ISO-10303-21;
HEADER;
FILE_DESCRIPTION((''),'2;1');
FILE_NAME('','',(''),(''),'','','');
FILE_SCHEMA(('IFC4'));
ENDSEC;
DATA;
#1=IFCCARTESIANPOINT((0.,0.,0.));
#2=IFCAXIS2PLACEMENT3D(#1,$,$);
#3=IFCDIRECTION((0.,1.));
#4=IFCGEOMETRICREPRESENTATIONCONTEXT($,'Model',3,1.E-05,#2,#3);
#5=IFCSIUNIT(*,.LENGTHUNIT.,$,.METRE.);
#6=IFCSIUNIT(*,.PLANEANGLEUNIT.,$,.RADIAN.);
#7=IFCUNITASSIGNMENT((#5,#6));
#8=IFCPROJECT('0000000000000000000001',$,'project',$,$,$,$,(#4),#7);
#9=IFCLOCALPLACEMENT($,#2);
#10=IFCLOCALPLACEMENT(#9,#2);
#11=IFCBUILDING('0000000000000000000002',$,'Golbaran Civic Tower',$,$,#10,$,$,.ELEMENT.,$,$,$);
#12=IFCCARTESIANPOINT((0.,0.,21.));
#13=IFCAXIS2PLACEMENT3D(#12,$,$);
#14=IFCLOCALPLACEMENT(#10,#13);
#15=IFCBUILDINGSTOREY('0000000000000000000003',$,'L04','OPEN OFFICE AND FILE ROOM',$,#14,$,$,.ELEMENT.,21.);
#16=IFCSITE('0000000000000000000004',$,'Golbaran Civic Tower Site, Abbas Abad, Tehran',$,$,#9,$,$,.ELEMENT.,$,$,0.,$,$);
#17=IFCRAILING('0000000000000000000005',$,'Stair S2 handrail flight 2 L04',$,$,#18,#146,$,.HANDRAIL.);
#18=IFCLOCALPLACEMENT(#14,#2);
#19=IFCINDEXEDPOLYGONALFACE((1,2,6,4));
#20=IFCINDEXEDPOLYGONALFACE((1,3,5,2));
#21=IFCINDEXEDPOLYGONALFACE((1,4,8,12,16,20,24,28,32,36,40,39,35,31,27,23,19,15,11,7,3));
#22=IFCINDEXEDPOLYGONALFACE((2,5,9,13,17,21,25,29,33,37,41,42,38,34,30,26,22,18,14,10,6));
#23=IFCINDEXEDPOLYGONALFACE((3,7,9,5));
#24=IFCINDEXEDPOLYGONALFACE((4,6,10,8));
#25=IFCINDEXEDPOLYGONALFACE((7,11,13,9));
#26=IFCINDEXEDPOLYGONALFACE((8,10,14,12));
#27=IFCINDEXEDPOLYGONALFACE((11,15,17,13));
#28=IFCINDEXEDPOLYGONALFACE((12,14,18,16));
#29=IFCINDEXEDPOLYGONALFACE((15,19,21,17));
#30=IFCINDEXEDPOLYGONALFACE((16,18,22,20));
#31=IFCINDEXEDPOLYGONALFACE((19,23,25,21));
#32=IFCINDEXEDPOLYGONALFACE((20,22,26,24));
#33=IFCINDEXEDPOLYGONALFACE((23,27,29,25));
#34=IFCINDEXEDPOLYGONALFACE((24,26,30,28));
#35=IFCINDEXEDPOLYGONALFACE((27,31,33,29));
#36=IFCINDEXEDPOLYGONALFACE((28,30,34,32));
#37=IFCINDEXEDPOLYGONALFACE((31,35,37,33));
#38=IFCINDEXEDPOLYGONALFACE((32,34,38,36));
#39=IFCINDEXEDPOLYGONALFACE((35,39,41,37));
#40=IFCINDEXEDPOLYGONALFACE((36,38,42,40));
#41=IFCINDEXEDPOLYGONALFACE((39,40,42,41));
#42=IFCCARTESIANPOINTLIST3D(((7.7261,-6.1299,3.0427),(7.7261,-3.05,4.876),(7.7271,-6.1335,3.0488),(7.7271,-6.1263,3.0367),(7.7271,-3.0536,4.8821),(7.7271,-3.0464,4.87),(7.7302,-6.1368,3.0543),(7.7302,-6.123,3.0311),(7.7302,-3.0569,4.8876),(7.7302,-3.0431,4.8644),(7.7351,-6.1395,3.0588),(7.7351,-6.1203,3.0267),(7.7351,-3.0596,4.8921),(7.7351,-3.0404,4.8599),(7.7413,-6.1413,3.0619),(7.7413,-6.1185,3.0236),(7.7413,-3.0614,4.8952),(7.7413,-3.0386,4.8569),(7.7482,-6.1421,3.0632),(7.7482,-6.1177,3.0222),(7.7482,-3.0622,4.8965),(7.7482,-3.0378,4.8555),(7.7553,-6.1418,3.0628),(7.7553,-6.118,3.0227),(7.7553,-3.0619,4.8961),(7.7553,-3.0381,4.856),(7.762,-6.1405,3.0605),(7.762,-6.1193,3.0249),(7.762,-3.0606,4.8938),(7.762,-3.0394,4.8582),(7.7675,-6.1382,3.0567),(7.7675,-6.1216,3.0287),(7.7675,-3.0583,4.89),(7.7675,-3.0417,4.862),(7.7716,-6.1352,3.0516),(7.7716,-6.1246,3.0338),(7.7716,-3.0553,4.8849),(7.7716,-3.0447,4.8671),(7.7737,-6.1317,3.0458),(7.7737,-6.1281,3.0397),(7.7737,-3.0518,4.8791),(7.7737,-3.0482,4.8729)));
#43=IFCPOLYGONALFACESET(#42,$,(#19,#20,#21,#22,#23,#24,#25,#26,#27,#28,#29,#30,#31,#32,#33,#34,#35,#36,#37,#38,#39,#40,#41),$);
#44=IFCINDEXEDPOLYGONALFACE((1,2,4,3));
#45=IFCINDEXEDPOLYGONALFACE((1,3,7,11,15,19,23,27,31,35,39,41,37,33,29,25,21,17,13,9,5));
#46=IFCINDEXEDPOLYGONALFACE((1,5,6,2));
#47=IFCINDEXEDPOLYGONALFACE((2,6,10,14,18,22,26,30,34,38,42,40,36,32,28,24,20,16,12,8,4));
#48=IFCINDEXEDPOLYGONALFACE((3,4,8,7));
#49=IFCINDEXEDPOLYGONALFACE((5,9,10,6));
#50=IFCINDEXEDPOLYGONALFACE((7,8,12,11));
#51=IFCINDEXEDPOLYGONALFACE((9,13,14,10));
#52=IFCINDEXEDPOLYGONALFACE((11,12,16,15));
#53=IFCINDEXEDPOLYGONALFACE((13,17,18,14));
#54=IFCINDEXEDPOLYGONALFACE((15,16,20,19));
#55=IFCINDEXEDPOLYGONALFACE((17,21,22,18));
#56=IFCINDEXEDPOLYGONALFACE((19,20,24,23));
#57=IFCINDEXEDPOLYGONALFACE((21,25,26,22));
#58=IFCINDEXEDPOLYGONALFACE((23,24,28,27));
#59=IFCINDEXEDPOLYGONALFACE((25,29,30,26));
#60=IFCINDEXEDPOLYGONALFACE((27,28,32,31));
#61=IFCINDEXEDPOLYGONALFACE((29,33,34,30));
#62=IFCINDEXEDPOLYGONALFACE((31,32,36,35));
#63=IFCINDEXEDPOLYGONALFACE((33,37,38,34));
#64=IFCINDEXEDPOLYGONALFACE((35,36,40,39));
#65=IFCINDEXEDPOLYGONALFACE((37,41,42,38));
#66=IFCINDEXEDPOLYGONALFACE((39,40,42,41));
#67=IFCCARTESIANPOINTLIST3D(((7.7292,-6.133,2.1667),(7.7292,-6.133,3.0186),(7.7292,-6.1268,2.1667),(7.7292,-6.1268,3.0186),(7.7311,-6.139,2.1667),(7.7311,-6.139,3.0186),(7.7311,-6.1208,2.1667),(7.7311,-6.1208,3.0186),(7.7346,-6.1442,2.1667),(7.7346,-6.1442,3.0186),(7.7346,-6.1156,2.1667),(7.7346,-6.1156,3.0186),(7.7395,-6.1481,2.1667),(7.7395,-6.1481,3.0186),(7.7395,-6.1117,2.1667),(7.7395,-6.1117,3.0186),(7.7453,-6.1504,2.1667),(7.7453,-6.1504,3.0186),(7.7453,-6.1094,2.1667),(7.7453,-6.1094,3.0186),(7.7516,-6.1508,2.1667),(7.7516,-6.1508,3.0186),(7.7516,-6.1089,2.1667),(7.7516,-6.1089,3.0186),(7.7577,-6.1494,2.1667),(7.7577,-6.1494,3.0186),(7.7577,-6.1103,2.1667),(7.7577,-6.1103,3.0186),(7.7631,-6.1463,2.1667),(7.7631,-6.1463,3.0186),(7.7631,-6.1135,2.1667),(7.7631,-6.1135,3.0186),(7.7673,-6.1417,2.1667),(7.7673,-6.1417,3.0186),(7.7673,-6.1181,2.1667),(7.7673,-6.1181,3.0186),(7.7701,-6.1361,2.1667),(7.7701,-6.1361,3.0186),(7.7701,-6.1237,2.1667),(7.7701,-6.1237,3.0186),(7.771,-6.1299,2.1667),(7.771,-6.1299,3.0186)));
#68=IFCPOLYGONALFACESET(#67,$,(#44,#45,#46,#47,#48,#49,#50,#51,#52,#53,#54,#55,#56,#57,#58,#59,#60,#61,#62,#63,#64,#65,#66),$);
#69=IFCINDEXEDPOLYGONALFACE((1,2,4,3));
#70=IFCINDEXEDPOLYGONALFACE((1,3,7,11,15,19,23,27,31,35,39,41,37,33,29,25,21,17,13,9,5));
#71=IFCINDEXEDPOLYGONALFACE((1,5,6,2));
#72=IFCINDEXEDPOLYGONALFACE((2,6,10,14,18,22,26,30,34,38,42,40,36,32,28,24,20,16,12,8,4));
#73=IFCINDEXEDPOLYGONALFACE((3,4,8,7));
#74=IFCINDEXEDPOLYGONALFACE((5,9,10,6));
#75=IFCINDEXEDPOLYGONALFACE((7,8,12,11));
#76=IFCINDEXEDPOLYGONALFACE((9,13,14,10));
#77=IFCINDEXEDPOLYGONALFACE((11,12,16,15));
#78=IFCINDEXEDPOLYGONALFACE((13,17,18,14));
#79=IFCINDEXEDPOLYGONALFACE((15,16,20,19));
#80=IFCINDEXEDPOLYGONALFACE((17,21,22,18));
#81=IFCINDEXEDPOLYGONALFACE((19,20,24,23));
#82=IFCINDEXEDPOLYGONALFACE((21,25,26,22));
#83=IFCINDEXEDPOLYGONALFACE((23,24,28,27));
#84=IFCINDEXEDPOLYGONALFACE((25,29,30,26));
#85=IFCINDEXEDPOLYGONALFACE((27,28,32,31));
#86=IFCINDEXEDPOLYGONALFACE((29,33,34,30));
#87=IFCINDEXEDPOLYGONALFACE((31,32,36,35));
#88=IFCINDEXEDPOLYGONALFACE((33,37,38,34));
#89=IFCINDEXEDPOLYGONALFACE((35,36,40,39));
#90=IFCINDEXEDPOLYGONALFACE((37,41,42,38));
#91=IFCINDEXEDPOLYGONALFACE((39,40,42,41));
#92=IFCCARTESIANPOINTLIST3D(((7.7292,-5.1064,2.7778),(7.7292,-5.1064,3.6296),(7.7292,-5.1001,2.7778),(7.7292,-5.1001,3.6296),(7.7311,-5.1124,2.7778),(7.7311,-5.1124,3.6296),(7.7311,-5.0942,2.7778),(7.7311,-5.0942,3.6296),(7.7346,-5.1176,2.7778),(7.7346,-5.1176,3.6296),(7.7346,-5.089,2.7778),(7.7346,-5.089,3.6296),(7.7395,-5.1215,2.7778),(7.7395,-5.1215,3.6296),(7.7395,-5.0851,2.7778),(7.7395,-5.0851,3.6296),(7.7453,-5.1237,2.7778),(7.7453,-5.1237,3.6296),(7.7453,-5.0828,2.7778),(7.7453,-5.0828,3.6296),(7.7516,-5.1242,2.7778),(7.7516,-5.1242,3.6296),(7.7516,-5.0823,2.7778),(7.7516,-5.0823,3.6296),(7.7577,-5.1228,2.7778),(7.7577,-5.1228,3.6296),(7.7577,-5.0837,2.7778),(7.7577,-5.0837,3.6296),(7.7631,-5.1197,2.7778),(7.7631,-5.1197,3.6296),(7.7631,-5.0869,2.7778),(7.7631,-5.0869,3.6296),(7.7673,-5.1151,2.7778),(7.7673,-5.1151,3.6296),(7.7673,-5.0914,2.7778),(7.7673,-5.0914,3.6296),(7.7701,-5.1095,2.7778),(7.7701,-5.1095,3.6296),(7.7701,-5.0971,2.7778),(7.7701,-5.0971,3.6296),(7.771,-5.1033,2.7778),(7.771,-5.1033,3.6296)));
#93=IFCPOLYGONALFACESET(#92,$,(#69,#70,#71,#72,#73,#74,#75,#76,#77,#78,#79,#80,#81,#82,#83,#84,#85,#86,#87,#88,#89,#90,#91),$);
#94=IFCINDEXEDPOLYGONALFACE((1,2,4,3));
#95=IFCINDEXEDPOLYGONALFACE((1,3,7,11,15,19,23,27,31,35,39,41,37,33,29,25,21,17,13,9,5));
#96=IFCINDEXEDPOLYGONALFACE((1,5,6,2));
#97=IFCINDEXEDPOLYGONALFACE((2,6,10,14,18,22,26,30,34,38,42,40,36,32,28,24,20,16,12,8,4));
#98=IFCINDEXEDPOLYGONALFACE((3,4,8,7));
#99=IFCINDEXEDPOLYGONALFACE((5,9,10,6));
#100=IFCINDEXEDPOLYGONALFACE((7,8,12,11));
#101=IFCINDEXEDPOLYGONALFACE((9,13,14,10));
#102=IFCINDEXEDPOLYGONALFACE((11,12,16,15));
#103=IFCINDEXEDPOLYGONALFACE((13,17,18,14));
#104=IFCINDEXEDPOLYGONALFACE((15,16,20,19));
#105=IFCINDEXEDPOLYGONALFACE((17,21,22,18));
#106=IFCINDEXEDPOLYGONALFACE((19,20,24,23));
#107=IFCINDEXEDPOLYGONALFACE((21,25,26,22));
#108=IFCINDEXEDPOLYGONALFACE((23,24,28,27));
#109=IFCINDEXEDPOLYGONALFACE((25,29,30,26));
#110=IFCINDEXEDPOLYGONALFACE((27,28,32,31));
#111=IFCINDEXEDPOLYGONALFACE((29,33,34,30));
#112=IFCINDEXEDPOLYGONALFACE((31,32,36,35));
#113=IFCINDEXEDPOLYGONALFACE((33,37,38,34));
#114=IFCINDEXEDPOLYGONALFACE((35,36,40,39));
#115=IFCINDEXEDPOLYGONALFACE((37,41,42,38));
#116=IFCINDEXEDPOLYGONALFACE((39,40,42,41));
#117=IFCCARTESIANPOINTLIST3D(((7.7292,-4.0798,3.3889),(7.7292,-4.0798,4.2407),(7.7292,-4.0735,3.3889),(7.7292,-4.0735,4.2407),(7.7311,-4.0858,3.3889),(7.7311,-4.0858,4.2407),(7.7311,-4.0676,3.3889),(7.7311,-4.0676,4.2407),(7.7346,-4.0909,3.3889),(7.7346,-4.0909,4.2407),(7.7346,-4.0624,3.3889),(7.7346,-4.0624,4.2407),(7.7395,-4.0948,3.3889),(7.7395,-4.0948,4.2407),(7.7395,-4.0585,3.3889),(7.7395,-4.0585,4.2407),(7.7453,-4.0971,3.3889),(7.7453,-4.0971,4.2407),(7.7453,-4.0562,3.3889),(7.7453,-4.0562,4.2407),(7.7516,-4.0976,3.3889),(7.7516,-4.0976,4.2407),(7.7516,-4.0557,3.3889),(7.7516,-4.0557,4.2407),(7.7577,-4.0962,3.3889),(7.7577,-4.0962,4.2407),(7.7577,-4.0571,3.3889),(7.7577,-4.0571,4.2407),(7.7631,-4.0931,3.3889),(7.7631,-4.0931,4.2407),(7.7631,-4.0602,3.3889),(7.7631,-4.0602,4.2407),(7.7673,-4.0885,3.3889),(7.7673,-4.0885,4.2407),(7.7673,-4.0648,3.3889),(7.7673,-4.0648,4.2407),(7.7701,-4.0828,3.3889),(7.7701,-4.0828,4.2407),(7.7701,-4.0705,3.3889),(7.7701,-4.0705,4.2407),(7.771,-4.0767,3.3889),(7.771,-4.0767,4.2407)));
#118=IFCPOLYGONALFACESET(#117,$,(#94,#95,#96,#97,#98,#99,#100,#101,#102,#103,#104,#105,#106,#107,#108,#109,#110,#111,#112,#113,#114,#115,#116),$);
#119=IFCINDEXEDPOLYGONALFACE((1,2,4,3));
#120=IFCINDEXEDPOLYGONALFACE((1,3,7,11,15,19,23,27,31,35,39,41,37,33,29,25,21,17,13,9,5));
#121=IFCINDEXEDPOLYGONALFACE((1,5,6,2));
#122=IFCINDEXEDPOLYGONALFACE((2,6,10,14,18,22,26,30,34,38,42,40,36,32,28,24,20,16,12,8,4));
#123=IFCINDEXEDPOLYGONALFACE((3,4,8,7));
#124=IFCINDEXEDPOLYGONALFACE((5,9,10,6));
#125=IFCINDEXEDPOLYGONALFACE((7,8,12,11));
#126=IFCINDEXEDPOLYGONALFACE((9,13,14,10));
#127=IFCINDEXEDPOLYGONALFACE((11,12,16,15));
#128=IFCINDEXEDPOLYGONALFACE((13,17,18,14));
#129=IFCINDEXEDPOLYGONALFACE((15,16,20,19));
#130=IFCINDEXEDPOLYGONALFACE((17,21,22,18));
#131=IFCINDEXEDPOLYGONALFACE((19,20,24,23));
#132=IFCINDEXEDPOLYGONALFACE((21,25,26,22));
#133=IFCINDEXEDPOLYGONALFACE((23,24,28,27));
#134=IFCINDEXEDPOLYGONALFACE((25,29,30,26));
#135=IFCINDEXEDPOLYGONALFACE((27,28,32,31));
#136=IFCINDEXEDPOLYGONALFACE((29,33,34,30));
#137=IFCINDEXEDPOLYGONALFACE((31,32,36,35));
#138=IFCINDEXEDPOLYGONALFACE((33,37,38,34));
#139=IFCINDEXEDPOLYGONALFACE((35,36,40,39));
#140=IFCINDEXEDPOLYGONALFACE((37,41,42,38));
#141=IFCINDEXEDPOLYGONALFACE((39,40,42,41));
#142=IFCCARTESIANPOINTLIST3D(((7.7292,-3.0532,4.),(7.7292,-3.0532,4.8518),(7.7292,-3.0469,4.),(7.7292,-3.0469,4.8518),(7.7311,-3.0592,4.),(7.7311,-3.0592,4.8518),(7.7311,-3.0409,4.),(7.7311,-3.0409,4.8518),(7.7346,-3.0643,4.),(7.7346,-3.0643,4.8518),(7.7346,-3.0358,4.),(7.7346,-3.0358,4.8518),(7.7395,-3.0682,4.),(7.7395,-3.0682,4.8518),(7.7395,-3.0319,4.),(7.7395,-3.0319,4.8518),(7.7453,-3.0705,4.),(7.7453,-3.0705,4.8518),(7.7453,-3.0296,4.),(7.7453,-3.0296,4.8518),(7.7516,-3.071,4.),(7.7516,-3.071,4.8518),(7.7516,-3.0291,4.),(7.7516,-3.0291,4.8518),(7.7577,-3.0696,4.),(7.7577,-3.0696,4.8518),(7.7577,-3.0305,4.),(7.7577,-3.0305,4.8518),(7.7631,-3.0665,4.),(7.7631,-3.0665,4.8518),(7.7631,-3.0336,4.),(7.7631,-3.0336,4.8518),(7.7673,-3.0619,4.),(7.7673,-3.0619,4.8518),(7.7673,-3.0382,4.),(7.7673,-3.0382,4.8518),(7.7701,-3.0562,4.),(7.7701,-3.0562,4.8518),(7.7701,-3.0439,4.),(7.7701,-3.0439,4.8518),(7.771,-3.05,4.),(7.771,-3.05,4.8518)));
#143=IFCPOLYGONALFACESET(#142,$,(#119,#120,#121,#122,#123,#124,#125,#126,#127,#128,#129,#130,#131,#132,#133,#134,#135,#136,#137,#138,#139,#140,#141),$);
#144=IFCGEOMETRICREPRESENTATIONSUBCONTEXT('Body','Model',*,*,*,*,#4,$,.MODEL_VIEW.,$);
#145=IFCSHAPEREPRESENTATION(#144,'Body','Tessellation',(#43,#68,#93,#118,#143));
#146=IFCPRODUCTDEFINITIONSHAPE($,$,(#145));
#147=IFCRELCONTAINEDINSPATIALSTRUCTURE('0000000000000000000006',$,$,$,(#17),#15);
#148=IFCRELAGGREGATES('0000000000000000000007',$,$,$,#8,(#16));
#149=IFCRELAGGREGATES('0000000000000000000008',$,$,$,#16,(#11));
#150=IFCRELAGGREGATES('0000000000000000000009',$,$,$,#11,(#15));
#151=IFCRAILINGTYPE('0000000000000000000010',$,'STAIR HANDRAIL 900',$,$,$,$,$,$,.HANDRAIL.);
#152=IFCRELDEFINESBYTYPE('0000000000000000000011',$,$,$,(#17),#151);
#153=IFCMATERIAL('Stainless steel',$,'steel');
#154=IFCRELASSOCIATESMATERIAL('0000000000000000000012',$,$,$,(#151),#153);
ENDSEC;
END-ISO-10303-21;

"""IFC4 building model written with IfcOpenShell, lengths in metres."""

from ifc_helpers import new_model, si_unit, direction, frame, origin, origin_2d, place, context, subcontext, project, spatial, circle, extrude, material, type_object, element, save


model = new_model("IFC4")

# Units and contexts
model_context = context("Model", 3, precision=1e-05, world=origin(), true_north=direction((0.0, 1.0)))
body_context = subcontext(model_context, "Body", "Model", "MODEL_VIEW")
ifc_project = project(units=[si_unit("LENGTHUNIT", "METRE"), si_unit("PLANEANGLEUNIT", "RADIAN")], contexts=[model_context])

# Site, building, storey
site_placement = place(None, origin())
site = spatial("IfcSite", under=ifc_project, at=site_placement, Name="Golbaran Civic Tower Site, Abbas Abad, Tehran", CompositionType="ELEMENT", RefElevation=0.0)
building_placement = place(site_placement, origin())
building = spatial("IfcBuilding", under=site, at=building_placement, Name="Golbaran Civic Tower", CompositionType="ELEMENT")
storey_placement = place(building_placement, frame((0.0, 0.0, 21.0)))
storey = spatial("IfcBuildingStorey", under=building, at=storey_placement, Name="L04", Description="OPEN OFFICE AND FILE ROOM", CompositionType="ELEMENT", Elevation=21.0)

# Shared definitions
ifc_material_1 = material(Name="Stainless steel", Category="steel")

# Railing
railing_type = type_object("IfcRailingType", Name="STAIR HANDRAIL 900", PredefinedType="HANDRAIL", material=ifc_material_1)
railing_1_placement = place(storey_placement, frame((7.75, -6.1299, 2.1667)))
element("IfcRailing", 1, at=railing_1_placement, inside=storey, type_object=railing_type, Name="Stair S2 handrail flight 2 L04", PredefinedType="HANDRAIL", context=body_context, shape_type="SweptSolid", body=[
    extrude(circle(Radius=0.0239, at=origin_2d()), frame((0.0, 0.0, 0.876), z_axis=(0.0, 0.859291, 0.511487), x_axis=(-1.0, 0.0, 0.0)), (0.0, 0.0, 1.0), 3.5842),
    extrude(circle(Radius=0.021, at=origin_2d()), origin(), (0.0, 0.0, 1.0), 0.8518),
    extrude(circle(Radius=0.021, at=origin_2d()), frame((0.0, 1.0266, 0.6111)), (0.0, 0.0, 1.0), 0.8518),
    extrude(circle(Radius=0.021, at=origin_2d()), frame((0.0, 2.0532, 1.2222)), (0.0, 0.0, 1.0), 0.8518),
    extrude(circle(Radius=0.021, at=origin_2d()), frame((0.0, 3.0798, 1.8333)), (0.0, 0.0, 1.0), 0.8518),
])

save(model, "model.ifc")
